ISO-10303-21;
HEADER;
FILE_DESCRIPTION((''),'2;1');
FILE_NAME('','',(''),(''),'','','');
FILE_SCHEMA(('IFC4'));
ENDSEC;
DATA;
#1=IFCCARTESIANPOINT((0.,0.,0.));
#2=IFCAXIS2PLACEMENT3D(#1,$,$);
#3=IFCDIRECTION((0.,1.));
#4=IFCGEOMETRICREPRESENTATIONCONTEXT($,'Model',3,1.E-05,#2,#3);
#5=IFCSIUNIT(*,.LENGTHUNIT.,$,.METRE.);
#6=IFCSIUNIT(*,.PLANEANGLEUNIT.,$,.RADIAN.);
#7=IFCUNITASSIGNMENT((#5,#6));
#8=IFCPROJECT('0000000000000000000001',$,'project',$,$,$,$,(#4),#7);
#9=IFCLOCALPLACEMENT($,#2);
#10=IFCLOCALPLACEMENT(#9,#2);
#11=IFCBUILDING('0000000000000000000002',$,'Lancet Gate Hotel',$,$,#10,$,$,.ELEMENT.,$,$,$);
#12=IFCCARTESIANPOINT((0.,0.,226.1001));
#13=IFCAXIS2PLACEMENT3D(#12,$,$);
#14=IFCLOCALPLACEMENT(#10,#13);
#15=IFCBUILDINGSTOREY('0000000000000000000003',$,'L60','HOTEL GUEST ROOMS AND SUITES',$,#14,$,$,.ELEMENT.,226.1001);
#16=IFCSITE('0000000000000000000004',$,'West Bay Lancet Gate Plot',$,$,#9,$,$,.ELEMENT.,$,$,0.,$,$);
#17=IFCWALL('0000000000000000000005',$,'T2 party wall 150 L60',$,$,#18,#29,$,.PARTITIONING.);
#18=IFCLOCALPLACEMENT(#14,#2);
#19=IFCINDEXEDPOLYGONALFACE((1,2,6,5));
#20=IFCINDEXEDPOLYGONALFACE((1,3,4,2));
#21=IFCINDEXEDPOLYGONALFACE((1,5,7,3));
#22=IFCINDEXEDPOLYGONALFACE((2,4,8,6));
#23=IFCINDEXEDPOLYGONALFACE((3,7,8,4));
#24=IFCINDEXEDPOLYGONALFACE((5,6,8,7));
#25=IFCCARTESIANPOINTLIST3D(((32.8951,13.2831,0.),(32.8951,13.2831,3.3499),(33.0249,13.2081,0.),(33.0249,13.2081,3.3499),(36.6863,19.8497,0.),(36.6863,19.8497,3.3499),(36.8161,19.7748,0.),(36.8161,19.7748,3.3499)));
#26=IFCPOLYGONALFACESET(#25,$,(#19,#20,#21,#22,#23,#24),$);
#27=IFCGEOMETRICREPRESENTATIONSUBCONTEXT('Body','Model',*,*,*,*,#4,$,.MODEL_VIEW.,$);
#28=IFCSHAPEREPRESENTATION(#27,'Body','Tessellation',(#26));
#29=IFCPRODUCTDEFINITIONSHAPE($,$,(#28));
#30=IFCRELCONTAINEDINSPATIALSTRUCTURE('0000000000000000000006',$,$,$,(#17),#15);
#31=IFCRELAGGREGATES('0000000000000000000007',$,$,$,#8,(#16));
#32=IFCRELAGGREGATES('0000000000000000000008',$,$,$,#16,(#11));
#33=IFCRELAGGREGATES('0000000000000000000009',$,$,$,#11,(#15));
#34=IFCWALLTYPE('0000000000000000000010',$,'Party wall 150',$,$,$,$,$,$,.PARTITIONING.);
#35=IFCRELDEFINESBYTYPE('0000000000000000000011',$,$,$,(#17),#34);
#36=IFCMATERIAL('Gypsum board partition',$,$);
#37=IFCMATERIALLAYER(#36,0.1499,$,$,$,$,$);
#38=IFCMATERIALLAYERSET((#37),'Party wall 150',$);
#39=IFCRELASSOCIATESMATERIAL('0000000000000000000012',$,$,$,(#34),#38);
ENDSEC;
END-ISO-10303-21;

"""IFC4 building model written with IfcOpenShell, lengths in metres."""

from ifc_helpers import new_model, si_unit, direction, frame, frame_2d, origin, place, context, subcontext, project, spatial, rectangle, extrude, material, layer, layer_set, type_object, element, save


model = new_model("IFC4")

# Units and contexts
model_context = context("Model", 3, precision=1e-05, world=origin(), true_north=direction((0.0, 1.0)))
body_context = subcontext(model_context, "Body", "Model", "MODEL_VIEW")
ifc_project = project(units=[si_unit("LENGTHUNIT", "METRE"), si_unit("PLANEANGLEUNIT", "RADIAN")], contexts=[model_context])

# Site, building, storey
site_placement = place(None, origin())
site = spatial("IfcSite", under=ifc_project, at=site_placement, Name="West Bay Lancet Gate Plot", CompositionType="ELEMENT", RefElevation=0.0)
building_placement = place(site_placement, origin())
building = spatial("IfcBuilding", under=site, at=building_placement, Name="Lancet Gate Hotel", CompositionType="ELEMENT")
storey_placement = place(building_placement, frame((0.0, 0.0, 226.1001)))
storey = spatial("IfcBuildingStorey", under=building, at=storey_placement, Name="L60", Description="HOTEL GUEST ROOMS AND SUITES", CompositionType="ELEMENT", Elevation=226.1001)

# Wall
ifc_material_1 = material(Name="Gypsum board partition")
ifc_layer_1 = layer(ifc_material_1, 0.1499)
ifc_layer_set_1 = layer_set([ifc_layer_1], Name="Party wall 150")
wall_type = type_object("IfcWallType", Name="Party wall 150", PredefinedType="PARTITIONING", material=ifc_layer_set_1)
wall_placement = place(storey_placement, frame((32.96, 13.2456, 0.0), z_axis=(0.0, 0.0, 1.0), x_axis=(0.5, 0.866025, 0.0)))
element("IfcWall", 1, at=wall_placement, inside=storey, type_object=wall_type, Name="T2 party wall 150 L60", PredefinedType="PARTITIONING", context=body_context, shape_type="SweptSolid", body=[
    extrude(rectangle(XDim=7.5825, YDim=0.1499, at=frame_2d((3.7913, 0.0))), origin(), (0.0, 0.0, 1.0), 3.3499),
])

save(model, "model.ifc")
